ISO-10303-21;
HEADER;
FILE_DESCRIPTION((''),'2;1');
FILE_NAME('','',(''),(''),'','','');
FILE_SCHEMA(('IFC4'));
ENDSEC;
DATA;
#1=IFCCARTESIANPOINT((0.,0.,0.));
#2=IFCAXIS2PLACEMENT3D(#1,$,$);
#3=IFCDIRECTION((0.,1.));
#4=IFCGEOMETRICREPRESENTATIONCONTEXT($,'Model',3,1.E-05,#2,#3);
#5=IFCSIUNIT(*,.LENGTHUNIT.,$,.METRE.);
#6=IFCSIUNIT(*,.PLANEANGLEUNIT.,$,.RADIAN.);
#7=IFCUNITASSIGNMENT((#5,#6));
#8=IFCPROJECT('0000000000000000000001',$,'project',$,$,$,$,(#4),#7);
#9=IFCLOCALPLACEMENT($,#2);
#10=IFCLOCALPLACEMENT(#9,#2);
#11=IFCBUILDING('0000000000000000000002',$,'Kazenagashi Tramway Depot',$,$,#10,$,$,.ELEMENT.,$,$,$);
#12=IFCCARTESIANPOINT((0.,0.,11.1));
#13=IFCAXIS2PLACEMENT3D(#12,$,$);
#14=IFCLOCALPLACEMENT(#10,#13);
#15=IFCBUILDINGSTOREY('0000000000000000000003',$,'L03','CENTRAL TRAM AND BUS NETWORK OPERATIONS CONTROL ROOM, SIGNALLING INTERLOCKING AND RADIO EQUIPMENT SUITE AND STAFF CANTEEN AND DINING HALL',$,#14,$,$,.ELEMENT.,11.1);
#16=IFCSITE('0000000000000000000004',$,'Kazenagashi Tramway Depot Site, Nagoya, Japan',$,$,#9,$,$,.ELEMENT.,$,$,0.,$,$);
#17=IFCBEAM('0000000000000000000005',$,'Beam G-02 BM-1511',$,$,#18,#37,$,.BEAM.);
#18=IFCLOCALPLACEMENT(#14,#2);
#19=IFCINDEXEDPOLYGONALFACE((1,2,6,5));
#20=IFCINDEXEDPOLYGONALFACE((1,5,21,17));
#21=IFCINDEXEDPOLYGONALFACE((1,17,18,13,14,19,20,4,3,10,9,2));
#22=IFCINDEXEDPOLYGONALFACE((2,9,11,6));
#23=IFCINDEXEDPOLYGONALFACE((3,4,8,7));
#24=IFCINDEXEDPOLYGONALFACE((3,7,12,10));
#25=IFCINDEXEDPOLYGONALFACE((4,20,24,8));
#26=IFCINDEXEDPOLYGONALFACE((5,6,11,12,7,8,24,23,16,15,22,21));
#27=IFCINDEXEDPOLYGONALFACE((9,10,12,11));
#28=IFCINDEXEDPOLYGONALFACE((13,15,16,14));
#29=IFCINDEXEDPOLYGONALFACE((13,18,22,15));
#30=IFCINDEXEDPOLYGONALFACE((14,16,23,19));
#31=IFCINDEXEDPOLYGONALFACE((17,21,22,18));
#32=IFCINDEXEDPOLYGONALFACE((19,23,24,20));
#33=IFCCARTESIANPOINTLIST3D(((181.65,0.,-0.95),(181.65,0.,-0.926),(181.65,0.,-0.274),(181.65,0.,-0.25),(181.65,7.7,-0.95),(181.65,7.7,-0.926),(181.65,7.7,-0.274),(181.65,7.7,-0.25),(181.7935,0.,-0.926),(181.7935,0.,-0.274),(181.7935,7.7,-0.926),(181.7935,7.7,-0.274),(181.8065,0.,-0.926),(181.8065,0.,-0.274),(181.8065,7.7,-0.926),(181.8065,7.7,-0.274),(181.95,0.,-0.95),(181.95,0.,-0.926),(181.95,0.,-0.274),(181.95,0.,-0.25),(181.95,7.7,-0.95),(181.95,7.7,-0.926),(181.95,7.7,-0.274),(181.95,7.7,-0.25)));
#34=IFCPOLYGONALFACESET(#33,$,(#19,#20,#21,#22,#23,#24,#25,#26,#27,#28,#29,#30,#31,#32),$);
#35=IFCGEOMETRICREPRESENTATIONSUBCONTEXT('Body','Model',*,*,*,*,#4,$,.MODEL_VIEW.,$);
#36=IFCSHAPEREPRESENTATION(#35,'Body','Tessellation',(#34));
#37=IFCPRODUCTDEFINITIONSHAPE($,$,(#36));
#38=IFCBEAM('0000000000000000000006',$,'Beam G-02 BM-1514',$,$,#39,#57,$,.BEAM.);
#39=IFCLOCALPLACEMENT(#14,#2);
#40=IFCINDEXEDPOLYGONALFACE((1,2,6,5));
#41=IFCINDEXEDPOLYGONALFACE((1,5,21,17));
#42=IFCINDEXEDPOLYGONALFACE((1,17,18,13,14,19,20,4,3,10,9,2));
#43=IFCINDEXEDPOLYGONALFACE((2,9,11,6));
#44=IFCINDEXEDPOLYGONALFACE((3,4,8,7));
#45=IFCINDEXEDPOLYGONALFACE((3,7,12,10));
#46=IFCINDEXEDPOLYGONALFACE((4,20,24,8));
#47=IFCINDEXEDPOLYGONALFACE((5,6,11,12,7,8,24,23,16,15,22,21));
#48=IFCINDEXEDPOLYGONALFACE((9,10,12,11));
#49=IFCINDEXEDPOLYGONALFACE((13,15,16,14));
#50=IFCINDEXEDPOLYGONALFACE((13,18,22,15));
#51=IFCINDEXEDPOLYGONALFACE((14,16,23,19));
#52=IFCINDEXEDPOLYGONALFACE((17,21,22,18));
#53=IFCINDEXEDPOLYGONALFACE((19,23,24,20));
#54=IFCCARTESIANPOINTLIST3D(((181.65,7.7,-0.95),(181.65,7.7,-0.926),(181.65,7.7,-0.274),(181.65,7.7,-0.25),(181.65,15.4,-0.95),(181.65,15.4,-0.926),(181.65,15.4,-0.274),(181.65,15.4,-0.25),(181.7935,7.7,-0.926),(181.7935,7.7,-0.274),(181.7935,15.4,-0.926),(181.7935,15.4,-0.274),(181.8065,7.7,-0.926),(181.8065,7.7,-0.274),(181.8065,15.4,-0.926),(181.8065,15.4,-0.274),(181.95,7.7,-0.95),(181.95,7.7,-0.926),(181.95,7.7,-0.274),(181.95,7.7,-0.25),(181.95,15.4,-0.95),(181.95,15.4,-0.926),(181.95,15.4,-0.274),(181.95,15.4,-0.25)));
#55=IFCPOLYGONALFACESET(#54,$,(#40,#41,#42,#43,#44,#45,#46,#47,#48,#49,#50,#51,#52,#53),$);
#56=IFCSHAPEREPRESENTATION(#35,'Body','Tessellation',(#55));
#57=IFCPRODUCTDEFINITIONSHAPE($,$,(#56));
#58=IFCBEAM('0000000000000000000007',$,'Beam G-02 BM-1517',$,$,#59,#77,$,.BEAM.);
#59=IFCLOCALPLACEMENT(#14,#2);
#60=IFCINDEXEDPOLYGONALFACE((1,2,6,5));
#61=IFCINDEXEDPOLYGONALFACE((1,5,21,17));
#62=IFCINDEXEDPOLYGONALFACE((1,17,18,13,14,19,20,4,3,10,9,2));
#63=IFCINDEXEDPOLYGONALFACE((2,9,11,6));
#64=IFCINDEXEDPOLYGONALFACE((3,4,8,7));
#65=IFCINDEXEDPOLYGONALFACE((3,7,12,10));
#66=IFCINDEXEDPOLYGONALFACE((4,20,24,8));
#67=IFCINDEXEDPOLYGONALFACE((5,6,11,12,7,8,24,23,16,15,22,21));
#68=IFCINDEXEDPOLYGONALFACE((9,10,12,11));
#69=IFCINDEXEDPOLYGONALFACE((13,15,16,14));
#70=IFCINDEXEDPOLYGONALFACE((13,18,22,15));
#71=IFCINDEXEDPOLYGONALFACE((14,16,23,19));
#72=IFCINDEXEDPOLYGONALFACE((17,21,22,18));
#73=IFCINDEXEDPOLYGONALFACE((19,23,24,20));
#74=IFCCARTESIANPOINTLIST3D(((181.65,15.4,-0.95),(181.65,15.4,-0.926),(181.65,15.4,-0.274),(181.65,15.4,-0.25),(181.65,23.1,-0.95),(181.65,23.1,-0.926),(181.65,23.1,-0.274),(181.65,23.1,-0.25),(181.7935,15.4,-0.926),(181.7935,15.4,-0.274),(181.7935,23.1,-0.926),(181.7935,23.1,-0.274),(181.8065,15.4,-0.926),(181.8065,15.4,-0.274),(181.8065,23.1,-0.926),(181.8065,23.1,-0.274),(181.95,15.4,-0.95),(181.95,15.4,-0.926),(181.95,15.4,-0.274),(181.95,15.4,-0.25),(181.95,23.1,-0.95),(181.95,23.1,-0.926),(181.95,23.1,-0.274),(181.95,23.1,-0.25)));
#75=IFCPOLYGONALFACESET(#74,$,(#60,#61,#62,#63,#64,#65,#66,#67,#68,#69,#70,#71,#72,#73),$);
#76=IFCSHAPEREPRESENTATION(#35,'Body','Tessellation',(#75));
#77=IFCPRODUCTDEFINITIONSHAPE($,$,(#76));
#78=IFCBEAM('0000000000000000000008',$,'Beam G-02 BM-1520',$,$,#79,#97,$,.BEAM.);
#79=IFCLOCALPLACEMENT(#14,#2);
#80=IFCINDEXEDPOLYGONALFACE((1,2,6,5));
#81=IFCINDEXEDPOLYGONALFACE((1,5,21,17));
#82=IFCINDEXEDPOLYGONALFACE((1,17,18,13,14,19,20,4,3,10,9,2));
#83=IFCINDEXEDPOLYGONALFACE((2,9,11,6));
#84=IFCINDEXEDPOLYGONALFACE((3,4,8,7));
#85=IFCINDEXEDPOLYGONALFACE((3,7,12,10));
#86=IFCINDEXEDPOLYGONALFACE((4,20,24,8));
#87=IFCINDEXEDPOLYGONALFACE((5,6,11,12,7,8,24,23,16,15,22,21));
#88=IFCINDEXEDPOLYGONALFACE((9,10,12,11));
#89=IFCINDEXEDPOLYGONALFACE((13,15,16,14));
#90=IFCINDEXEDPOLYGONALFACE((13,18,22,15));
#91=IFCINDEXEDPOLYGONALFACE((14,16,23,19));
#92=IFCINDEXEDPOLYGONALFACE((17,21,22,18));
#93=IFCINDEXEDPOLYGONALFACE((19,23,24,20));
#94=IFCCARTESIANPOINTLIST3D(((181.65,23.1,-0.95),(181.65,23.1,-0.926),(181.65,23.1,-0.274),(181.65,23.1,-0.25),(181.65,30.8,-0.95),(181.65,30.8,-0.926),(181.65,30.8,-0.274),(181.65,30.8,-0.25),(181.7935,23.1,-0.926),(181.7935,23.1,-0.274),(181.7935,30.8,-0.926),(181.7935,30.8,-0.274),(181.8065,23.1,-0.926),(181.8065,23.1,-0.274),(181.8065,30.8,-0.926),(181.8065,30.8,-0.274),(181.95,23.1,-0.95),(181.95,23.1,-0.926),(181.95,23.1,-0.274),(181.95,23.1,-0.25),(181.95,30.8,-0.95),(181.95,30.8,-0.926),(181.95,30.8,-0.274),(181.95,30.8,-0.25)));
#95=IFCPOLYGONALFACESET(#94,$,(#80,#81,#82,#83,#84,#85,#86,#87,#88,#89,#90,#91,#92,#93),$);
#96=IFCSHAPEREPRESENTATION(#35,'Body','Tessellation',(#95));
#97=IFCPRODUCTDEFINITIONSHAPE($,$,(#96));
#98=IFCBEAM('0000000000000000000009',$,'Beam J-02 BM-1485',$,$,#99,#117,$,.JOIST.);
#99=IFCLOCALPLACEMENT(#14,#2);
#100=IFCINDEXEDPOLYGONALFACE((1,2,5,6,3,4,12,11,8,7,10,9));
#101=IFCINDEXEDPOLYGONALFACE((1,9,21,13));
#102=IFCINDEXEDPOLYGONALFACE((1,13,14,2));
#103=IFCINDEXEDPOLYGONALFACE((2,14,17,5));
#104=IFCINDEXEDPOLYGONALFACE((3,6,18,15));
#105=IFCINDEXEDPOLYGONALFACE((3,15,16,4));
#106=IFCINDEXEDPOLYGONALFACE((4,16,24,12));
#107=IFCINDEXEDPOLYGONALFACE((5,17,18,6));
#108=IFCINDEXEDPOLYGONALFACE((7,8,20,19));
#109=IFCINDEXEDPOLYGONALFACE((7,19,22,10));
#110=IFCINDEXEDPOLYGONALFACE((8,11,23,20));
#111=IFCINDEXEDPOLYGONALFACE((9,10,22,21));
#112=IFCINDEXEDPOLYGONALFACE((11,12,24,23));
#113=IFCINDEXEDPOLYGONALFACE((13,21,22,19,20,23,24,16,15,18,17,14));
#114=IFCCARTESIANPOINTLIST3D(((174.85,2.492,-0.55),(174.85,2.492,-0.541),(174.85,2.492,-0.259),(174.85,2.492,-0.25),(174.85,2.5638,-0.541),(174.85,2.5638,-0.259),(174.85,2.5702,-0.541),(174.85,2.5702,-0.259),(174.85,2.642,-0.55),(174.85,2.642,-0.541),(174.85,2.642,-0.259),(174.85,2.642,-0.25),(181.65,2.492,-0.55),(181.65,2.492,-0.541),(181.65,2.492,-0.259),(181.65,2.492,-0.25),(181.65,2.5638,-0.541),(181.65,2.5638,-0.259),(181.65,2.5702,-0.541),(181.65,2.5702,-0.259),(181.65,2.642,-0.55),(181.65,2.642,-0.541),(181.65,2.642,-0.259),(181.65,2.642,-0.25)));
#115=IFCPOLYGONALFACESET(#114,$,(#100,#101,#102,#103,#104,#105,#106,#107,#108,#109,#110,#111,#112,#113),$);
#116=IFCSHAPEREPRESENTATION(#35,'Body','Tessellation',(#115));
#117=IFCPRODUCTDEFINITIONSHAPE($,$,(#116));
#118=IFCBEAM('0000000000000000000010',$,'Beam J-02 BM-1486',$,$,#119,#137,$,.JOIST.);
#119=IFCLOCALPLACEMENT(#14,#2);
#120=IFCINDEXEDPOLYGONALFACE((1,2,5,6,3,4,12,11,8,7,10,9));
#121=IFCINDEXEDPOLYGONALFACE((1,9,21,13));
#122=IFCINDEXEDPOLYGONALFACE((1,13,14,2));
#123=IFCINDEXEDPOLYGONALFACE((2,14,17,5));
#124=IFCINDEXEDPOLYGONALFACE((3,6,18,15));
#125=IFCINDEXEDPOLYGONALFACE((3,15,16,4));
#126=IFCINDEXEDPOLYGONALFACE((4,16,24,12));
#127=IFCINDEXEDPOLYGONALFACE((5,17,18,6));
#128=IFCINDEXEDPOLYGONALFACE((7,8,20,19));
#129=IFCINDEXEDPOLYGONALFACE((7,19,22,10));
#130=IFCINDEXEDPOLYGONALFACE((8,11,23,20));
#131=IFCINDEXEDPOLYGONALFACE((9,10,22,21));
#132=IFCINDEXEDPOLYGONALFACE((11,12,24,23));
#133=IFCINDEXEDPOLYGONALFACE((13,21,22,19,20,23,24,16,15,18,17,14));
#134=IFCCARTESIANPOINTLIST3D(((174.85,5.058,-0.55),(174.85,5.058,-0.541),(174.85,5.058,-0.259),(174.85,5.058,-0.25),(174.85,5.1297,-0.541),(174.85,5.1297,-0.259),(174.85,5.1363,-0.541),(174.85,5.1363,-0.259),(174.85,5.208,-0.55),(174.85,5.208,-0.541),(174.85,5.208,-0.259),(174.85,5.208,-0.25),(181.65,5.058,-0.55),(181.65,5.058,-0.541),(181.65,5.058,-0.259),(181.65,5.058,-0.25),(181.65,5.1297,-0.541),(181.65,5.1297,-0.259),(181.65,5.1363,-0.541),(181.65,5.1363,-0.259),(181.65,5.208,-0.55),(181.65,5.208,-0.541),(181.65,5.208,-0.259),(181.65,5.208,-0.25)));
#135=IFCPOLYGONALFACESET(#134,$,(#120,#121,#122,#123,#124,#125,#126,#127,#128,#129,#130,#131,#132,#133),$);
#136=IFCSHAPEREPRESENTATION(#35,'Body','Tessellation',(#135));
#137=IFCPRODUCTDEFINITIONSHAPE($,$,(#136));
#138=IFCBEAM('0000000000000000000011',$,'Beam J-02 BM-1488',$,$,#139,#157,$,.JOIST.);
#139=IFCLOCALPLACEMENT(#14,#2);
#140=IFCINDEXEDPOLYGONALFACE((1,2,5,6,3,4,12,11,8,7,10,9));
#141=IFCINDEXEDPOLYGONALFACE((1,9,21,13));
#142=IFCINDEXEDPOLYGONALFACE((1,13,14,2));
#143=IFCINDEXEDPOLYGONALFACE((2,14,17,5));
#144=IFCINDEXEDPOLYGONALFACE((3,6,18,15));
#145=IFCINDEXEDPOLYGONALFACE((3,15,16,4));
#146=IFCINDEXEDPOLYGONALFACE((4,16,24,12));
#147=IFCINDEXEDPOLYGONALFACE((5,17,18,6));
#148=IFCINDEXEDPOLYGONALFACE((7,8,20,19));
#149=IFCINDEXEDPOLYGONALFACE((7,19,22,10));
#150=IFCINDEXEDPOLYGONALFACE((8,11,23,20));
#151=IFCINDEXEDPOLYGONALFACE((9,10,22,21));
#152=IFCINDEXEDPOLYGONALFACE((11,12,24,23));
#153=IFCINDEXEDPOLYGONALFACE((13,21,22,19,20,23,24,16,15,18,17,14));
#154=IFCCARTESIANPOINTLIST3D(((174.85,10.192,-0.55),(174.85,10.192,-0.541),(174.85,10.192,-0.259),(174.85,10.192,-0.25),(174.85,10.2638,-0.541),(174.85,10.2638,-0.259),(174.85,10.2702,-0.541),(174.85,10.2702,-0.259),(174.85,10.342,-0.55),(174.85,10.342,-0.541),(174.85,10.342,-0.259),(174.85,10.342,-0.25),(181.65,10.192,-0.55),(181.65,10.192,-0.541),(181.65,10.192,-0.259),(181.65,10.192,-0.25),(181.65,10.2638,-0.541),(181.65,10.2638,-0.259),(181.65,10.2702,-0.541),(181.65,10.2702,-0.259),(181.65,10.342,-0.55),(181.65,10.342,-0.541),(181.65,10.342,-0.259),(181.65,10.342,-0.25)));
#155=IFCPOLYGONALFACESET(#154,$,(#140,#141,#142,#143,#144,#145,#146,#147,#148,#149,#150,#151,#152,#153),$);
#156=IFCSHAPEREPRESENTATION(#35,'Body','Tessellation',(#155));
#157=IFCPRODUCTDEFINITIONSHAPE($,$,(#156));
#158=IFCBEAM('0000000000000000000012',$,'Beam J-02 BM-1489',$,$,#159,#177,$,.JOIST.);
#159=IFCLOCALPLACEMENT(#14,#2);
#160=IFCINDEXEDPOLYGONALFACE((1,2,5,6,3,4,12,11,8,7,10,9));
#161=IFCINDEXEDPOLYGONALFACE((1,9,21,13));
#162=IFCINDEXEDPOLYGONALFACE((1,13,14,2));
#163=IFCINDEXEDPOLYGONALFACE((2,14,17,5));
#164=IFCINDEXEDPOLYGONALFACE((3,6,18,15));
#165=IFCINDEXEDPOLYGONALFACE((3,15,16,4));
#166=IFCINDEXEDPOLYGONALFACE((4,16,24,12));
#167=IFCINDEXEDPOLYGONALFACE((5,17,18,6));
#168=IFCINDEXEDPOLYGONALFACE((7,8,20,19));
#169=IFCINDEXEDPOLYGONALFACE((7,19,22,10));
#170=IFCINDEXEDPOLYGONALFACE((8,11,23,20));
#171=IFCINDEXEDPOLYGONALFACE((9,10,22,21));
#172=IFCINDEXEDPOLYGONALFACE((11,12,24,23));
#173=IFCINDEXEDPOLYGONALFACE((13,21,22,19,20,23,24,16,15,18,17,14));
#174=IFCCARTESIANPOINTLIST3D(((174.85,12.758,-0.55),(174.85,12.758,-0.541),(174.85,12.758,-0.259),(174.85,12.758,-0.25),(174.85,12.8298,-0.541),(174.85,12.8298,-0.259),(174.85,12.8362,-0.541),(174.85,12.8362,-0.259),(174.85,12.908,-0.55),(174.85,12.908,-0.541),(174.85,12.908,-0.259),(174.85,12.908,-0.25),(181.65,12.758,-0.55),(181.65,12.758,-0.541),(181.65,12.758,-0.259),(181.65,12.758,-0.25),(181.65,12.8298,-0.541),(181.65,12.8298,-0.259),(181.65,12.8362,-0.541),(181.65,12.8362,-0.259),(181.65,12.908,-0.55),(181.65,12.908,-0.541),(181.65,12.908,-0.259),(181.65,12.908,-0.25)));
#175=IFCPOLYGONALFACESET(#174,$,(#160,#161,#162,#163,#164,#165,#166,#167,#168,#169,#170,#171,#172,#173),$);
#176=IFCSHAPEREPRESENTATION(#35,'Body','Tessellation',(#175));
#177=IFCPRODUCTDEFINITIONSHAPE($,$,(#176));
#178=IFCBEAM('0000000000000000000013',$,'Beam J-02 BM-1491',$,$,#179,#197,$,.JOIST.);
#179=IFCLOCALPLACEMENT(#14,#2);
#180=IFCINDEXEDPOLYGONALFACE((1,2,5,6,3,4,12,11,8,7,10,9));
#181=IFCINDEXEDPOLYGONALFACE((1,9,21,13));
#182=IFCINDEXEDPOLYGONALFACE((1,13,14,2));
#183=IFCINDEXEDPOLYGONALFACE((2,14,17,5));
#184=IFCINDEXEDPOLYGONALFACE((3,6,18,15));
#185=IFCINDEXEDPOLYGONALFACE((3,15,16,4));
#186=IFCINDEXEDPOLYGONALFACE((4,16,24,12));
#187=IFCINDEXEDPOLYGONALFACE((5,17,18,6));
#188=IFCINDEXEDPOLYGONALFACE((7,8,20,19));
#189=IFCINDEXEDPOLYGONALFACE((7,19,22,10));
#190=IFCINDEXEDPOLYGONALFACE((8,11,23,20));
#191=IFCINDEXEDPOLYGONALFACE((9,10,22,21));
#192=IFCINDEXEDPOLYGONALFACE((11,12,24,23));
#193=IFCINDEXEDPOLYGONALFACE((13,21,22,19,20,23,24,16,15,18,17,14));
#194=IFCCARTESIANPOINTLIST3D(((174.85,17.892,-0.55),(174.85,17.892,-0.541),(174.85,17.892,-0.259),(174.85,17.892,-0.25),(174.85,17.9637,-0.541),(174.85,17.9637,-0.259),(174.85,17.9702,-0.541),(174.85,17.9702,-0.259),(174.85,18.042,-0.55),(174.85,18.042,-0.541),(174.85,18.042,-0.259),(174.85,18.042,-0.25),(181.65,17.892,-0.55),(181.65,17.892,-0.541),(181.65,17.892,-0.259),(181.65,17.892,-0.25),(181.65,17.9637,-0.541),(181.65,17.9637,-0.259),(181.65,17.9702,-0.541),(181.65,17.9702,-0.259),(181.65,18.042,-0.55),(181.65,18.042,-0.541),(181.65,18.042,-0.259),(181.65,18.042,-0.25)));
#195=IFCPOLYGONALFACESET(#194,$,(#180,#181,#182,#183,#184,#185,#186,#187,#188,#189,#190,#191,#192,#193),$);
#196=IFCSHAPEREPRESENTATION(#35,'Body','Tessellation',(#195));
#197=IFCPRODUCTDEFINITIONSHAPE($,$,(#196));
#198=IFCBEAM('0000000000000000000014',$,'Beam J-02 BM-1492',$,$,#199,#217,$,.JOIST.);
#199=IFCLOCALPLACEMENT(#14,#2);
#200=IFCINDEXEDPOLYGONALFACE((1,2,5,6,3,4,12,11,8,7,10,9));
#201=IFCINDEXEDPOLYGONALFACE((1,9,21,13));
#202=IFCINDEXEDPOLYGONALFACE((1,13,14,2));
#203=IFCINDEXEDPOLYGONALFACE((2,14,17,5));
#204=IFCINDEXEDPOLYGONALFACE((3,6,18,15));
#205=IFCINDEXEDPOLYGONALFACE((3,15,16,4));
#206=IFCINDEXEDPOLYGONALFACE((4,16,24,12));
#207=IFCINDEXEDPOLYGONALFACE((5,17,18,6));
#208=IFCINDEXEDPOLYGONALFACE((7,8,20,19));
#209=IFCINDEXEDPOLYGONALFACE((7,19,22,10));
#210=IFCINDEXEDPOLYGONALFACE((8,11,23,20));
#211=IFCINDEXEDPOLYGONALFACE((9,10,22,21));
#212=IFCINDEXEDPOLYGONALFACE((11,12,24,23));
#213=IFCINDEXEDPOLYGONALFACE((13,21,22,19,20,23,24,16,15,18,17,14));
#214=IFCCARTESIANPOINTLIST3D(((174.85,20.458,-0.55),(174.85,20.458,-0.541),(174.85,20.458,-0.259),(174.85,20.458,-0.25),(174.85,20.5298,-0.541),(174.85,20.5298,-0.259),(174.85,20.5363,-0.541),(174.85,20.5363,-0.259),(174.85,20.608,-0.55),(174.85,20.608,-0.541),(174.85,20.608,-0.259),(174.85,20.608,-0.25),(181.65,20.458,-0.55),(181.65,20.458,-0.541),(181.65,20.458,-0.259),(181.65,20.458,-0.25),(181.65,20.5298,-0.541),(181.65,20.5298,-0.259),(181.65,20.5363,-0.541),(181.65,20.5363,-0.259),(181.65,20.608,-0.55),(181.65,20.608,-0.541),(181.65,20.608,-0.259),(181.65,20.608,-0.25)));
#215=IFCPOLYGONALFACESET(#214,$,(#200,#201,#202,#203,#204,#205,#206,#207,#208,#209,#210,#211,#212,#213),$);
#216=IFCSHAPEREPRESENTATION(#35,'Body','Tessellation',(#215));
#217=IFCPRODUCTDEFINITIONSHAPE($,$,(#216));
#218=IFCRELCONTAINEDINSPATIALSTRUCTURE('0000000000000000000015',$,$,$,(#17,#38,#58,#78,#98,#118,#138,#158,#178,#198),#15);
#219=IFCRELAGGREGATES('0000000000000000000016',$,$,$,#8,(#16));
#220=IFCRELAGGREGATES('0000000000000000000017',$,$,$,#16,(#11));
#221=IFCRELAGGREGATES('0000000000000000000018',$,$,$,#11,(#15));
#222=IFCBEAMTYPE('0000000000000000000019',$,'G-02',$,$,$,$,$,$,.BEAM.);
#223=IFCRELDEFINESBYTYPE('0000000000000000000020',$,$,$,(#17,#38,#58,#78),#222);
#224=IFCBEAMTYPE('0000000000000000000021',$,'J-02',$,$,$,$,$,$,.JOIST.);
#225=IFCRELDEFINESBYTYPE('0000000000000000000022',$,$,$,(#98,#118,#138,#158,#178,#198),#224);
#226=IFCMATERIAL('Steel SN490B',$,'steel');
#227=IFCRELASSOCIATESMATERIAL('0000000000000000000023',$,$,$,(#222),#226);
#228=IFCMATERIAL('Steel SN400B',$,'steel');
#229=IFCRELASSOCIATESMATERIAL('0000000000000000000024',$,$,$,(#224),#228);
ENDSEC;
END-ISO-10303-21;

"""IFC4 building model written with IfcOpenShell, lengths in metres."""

from ifc_helpers import new_model, si_unit, direction, frame, origin, origin_2d, place, context, subcontext, project, spatial, i_section, extrude, material, material_profile, profile_set, type_object, element, save


model = new_model("IFC4")

# Units and contexts
model_context = context("Model", 3, precision=1e-05, world=origin(), true_north=direction((0.0, 1.0)))
body_context = subcontext(model_context, "Body", "Model", "MODEL_VIEW")
ifc_project = project(units=[si_unit("LENGTHUNIT", "METRE"), si_unit("PLANEANGLEUNIT", "RADIAN")], contexts=[model_context])

# Site, building, storey
site_placement = place(None, origin())
site = spatial("IfcSite", under=ifc_project, at=site_placement, Name="Kazenagashi Tramway Depot Site, Nagoya, Japan", CompositionType="ELEMENT", RefElevation=0.0)
building_placement = place(site_placement, origin())
building = spatial("IfcBuilding", under=site, at=building_placement, Name="Kazenagashi Tramway Depot", CompositionType="ELEMENT")
storey_placement = place(building_placement, frame((0.0, 0.0, 11.1)))
storey = spatial("IfcBuildingStorey", under=building, at=storey_placement, Name="L03", Description="CENTRAL TRAM AND BUS NETWORK OPERATIONS CONTROL ROOM, SIGNALLING INTERLOCKING AND RADIO EQUIPMENT SUITE AND STAFF CANTEEN AND DINING HALL", CompositionType="ELEMENT", Elevation=11.1)

# Beams
ifc_material_1 = material(Name="Steel SN490B", Category="steel")
ifc_material_profile_1 = material_profile(ifc_material_1, i_section(OverallWidth=0.3, OverallDepth=0.7, WebThickness=0.013, FlangeThickness=0.024, at=origin_2d()), Name="H-700x300x13x24")
ifc_profile_set_1 = profile_set([ifc_material_profile_1], Name="Steel SN490B")
beam_type_1 = type_object("IfcBeamType", Name="G-02", PredefinedType="BEAM", material=ifc_profile_set_1)
for number, where, z_axis, x_axis, name in (
    (1, (181.8, 0.0, -0.6), (0.0, 1.0, 0.0), (-1.0, 0.0, 0.0), "Beam G-02 BM-1511"),
    (2, (181.8, 7.7, -0.6), (0.0, 1.0, 0.0), (-1.0, 0.0, 0.0), "Beam G-02 BM-1514"),
    (3, (181.8, 15.4, -0.6), (0.0, 1.0, 0.0), (-1.0, 0.0, 0.0), "Beam G-02 BM-1517"),
    (4, (181.8, 23.1, -0.6), (0.0, 1.0, 0.0), (-1.0, 0.0, 0.0), "Beam G-02 BM-1520"),
):
    element("IfcBeam", number, at=place(storey_placement, frame(where, z_axis=z_axis, x_axis=x_axis)), inside=storey, type_object=beam_type_1, Name=name, PredefinedType="BEAM", context=body_context, shape_type="SweptSolid", body=[
        extrude(i_section(OverallWidth=0.3, OverallDepth=0.7, WebThickness=0.013, FlangeThickness=0.024, at=origin_2d()), origin(), (0.0, 0.0, 1.0), 7.7),
    ])
ifc_material_2 = material(Name="Steel SN400B", Category="steel")
ifc_material_profile_2 = material_profile(ifc_material_2, i_section(OverallWidth=0.15, OverallDepth=0.3, WebThickness=0.0065, FlangeThickness=0.009, at=origin_2d()), Name="H-300x150x6.5x9")
ifc_profile_set_2 = profile_set([ifc_material_profile_2], Name="Steel SN400B")
beam_type_2 = type_object("IfcBeamType", Name="J-02", PredefinedType="JOIST", material=ifc_profile_set_2)
for number, where, z_axis, x_axis, name in (
    (5, (174.85, 2.567, -0.4), (1.0, 0.0, 0.0), (0.0, 1.0, 0.0), "Beam J-02 BM-1485"),
    (6, (174.85, 5.133, -0.4), (1.0, 0.0, 0.0), (0.0, 1.0, 0.0), "Beam J-02 BM-1486"),
    (7, (174.85, 10.267, -0.4), (1.0, 0.0, 0.0), (0.0, 1.0, 0.0), "Beam J-02 BM-1488"),
    (8, (174.85, 12.833, -0.4), (1.0, 0.0, 0.0), (0.0, 1.0, 0.0), "Beam J-02 BM-1489"),
    (9, (174.85, 17.967, -0.4), (1.0, 0.0, 0.0), (0.0, 1.0, 0.0), "Beam J-02 BM-1491"),
    (10, (174.85, 20.533, -0.4), (1.0, 0.0, 0.0), (0.0, 1.0, 0.0), "Beam J-02 BM-1492"),
):
    element("IfcBeam", number, at=place(storey_placement, frame(where, z_axis=z_axis, x_axis=x_axis)), inside=storey, type_object=beam_type_2, Name=name, PredefinedType="JOIST", context=body_context, shape_type="SweptSolid", body=[
        extrude(i_section(OverallWidth=0.15, OverallDepth=0.3, WebThickness=0.0065, FlangeThickness=0.009, at=origin_2d()), origin(), (0.0, 0.0, 1.0), 6.8),
    ])

save(model, "model.ifc")
